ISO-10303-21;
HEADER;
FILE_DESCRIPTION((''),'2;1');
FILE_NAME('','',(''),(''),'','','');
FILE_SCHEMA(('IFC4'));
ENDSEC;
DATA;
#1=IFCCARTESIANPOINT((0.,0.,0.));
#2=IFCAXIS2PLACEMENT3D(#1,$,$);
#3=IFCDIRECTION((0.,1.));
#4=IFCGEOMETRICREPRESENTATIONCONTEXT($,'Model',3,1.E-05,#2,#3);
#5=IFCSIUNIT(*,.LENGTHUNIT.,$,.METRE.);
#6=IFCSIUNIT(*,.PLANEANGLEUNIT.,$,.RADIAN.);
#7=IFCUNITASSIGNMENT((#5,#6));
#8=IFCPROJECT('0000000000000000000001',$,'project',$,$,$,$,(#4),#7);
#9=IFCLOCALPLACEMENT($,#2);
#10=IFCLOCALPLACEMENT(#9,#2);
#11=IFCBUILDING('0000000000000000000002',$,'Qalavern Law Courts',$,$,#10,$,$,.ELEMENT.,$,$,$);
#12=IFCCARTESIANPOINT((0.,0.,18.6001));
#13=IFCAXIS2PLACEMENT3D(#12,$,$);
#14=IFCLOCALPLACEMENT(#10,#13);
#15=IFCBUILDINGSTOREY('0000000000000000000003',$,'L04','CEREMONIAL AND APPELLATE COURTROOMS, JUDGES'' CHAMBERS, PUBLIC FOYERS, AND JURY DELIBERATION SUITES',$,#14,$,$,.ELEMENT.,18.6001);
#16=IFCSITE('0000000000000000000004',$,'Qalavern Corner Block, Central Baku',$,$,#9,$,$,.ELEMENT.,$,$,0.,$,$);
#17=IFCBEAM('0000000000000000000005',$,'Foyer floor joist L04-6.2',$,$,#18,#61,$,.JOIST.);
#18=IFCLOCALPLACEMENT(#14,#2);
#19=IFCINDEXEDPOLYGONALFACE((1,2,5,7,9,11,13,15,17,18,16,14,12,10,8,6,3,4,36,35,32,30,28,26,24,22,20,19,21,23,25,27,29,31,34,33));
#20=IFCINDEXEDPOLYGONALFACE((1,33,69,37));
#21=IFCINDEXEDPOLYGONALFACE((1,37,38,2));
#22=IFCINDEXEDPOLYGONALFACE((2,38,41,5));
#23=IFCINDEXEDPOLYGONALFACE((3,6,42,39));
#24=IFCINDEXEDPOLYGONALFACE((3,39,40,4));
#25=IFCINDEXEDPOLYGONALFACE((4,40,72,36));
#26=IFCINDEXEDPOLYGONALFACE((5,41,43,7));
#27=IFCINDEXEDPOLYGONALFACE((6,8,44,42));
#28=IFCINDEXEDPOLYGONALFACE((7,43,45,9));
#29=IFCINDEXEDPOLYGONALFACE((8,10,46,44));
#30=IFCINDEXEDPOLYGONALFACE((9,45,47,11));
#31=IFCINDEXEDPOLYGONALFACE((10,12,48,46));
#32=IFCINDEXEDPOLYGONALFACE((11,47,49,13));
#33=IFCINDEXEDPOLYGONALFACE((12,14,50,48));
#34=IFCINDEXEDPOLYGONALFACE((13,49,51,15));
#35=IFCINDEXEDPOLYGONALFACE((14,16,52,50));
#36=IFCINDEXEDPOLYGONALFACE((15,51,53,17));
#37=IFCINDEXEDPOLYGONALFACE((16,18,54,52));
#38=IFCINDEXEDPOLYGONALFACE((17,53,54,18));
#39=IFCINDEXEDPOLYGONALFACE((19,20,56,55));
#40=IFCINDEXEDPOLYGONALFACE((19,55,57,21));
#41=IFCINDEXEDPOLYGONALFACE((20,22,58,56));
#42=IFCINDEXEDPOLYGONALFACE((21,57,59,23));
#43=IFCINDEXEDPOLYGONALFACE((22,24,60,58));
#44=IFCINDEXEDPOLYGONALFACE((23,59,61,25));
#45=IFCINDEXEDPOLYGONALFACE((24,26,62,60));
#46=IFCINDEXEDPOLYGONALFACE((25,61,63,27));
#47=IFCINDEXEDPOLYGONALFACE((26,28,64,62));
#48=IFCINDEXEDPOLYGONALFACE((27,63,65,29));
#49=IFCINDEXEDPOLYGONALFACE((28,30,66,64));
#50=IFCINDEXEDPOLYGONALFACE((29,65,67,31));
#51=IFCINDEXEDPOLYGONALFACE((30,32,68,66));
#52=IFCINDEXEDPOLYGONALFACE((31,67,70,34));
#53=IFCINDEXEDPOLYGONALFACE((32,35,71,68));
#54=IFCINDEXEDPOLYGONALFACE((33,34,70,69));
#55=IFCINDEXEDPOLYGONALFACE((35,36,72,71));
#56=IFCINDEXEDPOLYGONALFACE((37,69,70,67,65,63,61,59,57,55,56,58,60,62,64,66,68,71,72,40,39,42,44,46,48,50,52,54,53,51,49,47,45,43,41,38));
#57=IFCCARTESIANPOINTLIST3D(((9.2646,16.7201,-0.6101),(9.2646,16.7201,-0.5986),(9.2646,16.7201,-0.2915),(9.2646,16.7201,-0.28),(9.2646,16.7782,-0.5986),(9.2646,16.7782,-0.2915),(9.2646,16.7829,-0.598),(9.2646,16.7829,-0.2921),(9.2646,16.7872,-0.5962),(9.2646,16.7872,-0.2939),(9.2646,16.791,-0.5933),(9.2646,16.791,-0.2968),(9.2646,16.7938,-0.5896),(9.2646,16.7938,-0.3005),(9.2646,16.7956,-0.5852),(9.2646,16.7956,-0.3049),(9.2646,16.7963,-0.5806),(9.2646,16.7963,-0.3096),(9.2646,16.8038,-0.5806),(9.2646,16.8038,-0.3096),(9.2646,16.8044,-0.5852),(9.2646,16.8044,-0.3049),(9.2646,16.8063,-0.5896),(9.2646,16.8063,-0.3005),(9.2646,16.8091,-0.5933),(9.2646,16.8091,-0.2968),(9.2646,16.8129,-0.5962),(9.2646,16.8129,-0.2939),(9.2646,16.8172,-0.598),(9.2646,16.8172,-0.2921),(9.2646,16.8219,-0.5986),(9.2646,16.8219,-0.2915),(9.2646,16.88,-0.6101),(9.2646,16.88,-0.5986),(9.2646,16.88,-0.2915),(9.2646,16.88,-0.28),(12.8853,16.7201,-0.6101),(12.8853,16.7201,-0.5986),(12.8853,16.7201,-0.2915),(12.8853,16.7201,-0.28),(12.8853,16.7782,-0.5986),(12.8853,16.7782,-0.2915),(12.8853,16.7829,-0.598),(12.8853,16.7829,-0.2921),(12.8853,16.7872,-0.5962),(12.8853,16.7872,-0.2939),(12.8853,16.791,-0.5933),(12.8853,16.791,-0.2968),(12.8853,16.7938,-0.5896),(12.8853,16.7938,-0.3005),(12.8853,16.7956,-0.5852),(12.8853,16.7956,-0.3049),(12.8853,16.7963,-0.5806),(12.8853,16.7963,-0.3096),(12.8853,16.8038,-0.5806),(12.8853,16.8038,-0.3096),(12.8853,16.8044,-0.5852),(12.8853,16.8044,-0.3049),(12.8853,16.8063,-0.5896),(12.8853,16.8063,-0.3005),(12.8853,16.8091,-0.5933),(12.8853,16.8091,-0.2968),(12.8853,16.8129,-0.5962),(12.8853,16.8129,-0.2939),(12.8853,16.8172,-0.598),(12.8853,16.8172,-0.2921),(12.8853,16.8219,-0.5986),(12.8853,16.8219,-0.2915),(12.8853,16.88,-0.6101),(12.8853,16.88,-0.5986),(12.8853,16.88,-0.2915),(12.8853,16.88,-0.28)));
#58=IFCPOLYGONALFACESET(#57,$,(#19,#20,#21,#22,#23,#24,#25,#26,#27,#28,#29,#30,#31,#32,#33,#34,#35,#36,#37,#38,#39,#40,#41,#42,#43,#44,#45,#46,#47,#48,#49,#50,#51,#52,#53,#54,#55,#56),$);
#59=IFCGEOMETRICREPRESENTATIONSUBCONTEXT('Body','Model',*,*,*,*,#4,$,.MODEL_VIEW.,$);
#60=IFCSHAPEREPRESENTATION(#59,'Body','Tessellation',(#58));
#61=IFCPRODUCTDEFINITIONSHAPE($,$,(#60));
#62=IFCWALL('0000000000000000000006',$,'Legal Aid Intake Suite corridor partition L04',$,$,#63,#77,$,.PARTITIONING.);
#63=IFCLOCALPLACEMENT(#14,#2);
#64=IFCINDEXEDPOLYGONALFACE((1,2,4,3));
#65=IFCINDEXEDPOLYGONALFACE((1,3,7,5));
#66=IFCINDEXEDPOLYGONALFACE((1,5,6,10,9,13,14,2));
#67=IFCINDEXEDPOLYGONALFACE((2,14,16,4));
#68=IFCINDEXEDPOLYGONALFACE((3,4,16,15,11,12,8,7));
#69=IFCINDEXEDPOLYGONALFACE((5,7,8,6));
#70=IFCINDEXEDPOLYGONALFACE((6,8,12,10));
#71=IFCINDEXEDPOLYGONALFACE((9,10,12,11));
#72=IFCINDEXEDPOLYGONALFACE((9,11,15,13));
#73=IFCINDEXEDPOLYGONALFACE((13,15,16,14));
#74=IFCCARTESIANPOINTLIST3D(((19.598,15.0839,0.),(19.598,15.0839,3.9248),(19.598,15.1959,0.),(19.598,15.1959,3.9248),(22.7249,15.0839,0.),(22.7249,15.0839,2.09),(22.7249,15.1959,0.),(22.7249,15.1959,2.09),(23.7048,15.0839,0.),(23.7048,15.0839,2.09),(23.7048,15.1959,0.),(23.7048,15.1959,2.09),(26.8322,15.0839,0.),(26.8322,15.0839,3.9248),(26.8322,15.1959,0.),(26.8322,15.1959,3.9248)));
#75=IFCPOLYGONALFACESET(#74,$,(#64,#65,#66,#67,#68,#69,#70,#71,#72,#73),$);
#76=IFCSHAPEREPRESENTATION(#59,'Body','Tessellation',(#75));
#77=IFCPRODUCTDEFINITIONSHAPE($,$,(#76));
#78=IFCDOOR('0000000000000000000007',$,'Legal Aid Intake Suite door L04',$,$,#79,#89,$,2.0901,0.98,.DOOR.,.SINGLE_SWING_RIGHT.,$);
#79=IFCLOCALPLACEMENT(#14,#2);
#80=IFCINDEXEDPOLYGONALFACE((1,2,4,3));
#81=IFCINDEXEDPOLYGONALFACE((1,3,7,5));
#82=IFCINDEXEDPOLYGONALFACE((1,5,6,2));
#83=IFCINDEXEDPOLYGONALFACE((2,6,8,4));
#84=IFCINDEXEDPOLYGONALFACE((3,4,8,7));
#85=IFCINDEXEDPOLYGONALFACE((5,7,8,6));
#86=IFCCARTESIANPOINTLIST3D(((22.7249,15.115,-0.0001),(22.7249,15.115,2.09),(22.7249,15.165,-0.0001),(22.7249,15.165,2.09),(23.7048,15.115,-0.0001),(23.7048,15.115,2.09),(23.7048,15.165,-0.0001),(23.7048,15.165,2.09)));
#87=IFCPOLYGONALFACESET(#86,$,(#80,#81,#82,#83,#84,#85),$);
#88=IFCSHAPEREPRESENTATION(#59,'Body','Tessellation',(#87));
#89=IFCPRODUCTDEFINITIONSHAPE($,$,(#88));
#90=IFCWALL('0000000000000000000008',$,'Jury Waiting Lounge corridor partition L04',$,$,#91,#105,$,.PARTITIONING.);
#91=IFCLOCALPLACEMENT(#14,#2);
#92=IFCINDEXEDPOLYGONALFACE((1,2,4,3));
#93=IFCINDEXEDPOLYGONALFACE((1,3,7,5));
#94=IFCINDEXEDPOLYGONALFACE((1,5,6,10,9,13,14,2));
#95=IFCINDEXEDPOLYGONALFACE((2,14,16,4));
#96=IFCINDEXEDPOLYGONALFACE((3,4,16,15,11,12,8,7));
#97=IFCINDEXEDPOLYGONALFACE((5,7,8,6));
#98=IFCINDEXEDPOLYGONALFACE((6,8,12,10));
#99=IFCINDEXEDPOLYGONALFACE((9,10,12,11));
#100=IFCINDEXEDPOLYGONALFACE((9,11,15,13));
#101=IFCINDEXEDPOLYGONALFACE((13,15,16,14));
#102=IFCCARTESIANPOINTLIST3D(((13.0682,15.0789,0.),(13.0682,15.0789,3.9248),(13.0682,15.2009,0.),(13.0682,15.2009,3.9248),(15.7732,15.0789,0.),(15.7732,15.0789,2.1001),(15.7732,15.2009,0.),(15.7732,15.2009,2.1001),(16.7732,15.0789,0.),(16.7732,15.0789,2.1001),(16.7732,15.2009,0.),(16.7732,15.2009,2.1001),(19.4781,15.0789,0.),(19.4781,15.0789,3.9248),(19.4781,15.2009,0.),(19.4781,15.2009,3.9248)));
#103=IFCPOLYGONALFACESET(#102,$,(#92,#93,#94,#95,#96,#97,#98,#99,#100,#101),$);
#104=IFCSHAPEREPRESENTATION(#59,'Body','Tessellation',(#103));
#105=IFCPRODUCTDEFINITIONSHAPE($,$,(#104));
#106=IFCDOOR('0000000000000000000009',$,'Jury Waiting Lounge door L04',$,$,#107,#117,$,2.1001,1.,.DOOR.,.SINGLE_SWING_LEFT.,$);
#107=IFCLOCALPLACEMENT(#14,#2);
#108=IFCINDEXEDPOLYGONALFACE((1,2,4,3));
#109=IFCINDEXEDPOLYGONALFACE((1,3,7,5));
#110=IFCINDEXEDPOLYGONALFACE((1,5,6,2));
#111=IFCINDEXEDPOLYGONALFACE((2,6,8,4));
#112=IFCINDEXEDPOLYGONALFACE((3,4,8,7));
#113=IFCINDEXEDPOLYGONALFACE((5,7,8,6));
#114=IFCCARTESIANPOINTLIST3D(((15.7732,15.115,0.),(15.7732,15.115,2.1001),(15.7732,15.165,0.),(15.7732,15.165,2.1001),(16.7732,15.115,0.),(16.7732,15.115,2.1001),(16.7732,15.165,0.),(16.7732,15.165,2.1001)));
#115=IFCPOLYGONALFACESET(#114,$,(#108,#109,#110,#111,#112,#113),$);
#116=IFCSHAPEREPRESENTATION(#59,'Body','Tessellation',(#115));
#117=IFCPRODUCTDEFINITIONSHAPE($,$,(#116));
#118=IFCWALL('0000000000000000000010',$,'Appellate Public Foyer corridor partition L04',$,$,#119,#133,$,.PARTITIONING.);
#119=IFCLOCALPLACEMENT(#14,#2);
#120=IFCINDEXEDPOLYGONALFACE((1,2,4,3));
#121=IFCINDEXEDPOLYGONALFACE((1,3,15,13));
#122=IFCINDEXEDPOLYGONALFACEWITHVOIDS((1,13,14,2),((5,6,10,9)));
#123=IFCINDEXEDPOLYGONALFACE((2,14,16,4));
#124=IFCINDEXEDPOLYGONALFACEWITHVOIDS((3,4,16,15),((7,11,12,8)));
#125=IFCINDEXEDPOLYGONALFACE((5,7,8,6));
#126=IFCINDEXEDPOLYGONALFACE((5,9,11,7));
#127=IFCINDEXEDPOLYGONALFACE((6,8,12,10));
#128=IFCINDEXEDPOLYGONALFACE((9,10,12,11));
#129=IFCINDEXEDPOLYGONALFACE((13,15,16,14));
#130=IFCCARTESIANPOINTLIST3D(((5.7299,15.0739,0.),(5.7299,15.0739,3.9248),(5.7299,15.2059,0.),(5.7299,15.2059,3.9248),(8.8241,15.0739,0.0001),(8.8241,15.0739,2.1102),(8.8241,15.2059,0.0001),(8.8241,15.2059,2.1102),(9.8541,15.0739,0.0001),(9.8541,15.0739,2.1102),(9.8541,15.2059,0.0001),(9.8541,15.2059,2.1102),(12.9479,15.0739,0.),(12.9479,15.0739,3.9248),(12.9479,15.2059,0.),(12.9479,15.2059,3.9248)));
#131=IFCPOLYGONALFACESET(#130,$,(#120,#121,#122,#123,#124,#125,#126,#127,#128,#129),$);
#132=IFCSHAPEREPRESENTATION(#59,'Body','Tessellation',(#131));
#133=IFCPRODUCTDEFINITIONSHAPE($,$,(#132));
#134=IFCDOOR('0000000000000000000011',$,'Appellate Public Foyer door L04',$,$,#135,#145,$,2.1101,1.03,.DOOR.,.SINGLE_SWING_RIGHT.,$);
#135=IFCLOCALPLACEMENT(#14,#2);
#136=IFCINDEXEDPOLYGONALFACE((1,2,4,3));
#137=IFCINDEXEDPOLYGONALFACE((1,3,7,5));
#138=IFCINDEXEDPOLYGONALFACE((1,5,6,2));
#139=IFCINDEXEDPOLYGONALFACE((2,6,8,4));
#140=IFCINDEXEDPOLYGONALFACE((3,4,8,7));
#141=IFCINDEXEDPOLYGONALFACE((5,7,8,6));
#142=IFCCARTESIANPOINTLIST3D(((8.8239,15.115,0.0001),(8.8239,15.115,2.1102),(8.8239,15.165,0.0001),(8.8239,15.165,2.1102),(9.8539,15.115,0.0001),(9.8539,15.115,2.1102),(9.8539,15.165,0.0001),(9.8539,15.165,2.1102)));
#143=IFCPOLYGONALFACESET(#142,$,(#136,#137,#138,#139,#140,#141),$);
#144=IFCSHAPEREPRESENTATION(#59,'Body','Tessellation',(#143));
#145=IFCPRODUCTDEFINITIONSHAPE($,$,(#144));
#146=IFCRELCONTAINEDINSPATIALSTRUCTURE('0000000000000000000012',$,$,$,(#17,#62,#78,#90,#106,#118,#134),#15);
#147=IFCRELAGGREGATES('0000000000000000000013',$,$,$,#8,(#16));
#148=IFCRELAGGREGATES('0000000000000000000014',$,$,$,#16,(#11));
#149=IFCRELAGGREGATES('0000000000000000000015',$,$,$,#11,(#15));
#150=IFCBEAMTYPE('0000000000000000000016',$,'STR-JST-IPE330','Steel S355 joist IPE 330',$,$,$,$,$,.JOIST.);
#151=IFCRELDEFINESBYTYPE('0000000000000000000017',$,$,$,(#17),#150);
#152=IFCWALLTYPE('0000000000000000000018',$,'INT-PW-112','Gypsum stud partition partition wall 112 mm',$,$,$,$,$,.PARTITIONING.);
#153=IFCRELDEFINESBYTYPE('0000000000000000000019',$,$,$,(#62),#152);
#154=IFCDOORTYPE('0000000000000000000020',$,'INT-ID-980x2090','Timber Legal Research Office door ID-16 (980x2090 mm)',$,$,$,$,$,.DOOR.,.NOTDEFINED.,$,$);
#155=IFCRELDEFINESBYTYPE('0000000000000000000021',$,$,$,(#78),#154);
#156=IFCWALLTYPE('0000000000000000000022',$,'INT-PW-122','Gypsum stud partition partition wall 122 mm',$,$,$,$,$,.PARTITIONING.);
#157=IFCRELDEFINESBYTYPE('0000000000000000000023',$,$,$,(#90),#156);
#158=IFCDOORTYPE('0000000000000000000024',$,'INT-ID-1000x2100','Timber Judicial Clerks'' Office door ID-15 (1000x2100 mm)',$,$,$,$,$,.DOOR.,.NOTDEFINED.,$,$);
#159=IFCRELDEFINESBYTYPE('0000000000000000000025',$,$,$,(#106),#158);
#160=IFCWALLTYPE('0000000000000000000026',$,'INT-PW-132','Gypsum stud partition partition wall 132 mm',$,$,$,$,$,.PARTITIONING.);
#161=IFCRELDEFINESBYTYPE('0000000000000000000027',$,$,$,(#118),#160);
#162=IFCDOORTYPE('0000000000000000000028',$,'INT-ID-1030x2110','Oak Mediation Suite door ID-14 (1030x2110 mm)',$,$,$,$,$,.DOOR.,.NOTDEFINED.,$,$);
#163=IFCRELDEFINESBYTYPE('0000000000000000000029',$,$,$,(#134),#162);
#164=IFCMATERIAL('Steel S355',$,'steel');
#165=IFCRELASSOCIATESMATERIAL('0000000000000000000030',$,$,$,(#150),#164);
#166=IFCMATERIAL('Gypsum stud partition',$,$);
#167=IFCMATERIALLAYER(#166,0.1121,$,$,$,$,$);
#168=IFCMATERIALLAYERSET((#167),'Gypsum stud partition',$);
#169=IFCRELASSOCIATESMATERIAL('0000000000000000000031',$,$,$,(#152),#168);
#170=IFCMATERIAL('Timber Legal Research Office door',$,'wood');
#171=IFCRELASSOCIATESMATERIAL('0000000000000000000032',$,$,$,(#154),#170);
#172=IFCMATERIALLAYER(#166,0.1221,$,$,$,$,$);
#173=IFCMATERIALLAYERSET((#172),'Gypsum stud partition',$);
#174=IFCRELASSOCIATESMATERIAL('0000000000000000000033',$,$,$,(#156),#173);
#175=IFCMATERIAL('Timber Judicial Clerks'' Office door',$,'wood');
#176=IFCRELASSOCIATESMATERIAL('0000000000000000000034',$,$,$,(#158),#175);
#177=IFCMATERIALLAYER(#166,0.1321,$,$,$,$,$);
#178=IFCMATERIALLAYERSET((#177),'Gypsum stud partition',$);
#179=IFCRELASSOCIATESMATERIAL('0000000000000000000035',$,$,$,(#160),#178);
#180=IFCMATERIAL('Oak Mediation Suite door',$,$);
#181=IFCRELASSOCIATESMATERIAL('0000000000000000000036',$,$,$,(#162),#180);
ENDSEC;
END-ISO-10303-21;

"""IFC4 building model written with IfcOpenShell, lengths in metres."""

from ifc_helpers import new_model, si_unit, direction, frame, frame_2d, origin, origin_2d, place, context, subcontext, project, spatial, rectangle, i_section, extrude, material, layer, layer_set, material_profile, profile_set, type_object, element, fill, save


model = new_model("IFC4")

# Units and contexts
model_context = context("Model", 3, precision=1e-05, world=origin(), true_north=direction((0.0, 1.0)))
body_context = subcontext(model_context, "Body", "Model", "MODEL_VIEW")
ifc_project = project(units=[si_unit("LENGTHUNIT", "METRE"), si_unit("PLANEANGLEUNIT", "RADIAN")], contexts=[model_context])

# Site, building, storey
site_placement = place(None, origin())
site = spatial("IfcSite", under=ifc_project, at=site_placement, Name="Qalavern Corner Block, Central Baku", CompositionType="ELEMENT", RefElevation=0.0)
building_placement = place(site_placement, origin())
building = spatial("IfcBuilding", under=site, at=building_placement, Name="Qalavern Law Courts", CompositionType="ELEMENT")
storey_placement = place(building_placement, frame((0.0, 0.0, 18.6001)))
storey = spatial("IfcBuildingStorey", under=building, at=storey_placement, Name="L04", Description="CEREMONIAL AND APPELLATE COURTROOMS, JUDGES' CHAMBERS, PUBLIC FOYERS, AND JURY DELIBERATION SUITES", CompositionType="ELEMENT", Elevation=18.6001)

# Beam
ifc_material_1 = material(Name="Steel S355", Category="steel")
ifc_material_profile_1 = material_profile(ifc_material_1, i_section(OverallWidth=0.1599, OverallDepth=0.3301, WebThickness=0.0076, FlangeThickness=0.0115, FilletRadius=0.0181, at=origin_2d()), Name="IPE 330")
ifc_profile_set_1 = profile_set([ifc_material_profile_1], Name="Steel S355")
beam_type_1 = type_object("IfcBeamType", Name="STR-JST-IPE330", Description="Steel S355 joist IPE 330", PredefinedType="JOIST", material=ifc_profile_set_1)
for number, where, z_axis, x_axis, name in (
    (1, (9.2646, 16.8, -0.4451), (1.0, 0.0, 0.0), (0.0, 1.0, 0.0), "Foyer floor joist L04-6.2"),
):
    element("IfcBeam", number, at=place(storey_placement, frame(where, z_axis=z_axis, x_axis=x_axis)), inside=storey, type_object=beam_type_1, Name=name, PredefinedType="JOIST", context=body_context, shape_type="SweptSolid", body=[
        extrude(i_section(OverallWidth=0.1599, OverallDepth=0.3301, WebThickness=0.0076, FlangeThickness=0.0115, FilletRadius=0.0181, at=origin_2d()), origin(), (0.0, 0.0, 1.0), 3.6206),
    ])

# Walls, openings, doors
ifc_material_2 = material(Name="Gypsum stud partition")
ifc_layer_1 = layer(ifc_material_2, 0.1121)
ifc_layer_set_1 = layer_set([ifc_layer_1], Name="Gypsum stud partition")
wall_type_1 = type_object("IfcWallType", Name="INT-PW-112", Description="Gypsum stud partition partition wall 112 mm", PredefinedType="PARTITIONING", material=ifc_layer_set_1)
wall_1_placement = place(storey_placement, frame((19.5979, 15.1399, 0.0), z_axis=(0.0, 0.0, 1.0), x_axis=(1.0, 0.0, 0.0)))
wall_1 = element("IfcWall", 2, at=wall_1_placement, inside=storey, type_object=wall_type_1, Name="Legal Aid Intake Suite corridor partition L04", PredefinedType="PARTITIONING", context=body_context, shape_type="SweptSolid", body=[
    extrude(rectangle(XDim=7.2341, YDim=0.1121, at=frame_2d((3.6172, 0.0))), origin(), (0.0, 0.0, 1.0), 3.9248),
])
opening_1_placement = place(wall_1_placement, frame((3.127, 0.0, 0.0)))
opening_1 = element("IfcOpeningElement", 3, at=opening_1_placement, cuts=wall_1, PredefinedType="OPENING", context=body_context, shape_type="SweptSolid", body=[
    extrude(rectangle(XDim=0.98, YDim=2.0901, at=frame_2d((0.49, 1.0449))), frame((0.0, 0.0708, 0.0), z_axis=(0.0, -1.0, 0.0), x_axis=(1.0, 0.0, 0.0)), (0.0, 0.0, 1.0), 0.1418),
])
ifc_material_3 = material(Name="Timber Legal Research Office door", Category="wood")
door_type_1 = type_object("IfcDoorType", Name="INT-ID-980x2090", Description="Timber Legal Research Office door ID-16 (980x2090 mm)", OperationType="NOTDEFINED", PredefinedType="DOOR", material=ifc_material_3)
door_1_placement = place(opening_1_placement, frame((0.98, 0.0, 0.0), z_axis=(0.0, 0.0, 1.0), x_axis=(-1.0, 0.0, 0.0)))
door_1 = element("IfcDoor", 4, at=door_1_placement, inside=storey, type_object=door_type_1, Name="Legal Aid Intake Suite door L04", OperationType="SINGLE_SWING_RIGHT", OverallHeight=2.0901, OverallWidth=0.98, PredefinedType="DOOR", context=body_context, shape_type="SweptSolid", body=[
    extrude(rectangle(XDim=0.98, YDim=2.0901, at=frame_2d((0.49, 1.0449))), frame((0.0, 0.0249, 0.0), z_axis=(0.0, -1.0, 0.0), x_axis=(1.0, 0.0, 0.0)), (0.0, 0.0, 1.0), 0.05),
])
fill(opening_1, door_1)
ifc_layer_2 = layer(ifc_material_2, 0.1221)
ifc_layer_set_2 = layer_set([ifc_layer_2], Name="Gypsum stud partition")
wall_type_2 = type_object("IfcWallType", Name="INT-PW-122", Description="Gypsum stud partition partition wall 122 mm", PredefinedType="PARTITIONING", material=ifc_layer_set_2)
wall_2_placement = place(storey_placement, frame((13.0681, 15.1399, 0.0), z_axis=(0.0, 0.0, 1.0), x_axis=(1.0, 0.0, 0.0)))
wall_2 = element("IfcWall", 5, at=wall_2_placement, inside=storey, type_object=wall_type_2, Name="Jury Waiting Lounge corridor partition L04", PredefinedType="PARTITIONING", context=body_context, shape_type="SweptSolid", body=[
    extrude(rectangle(XDim=6.4099, YDim=0.1221, at=frame_2d((3.2051, 0.0))), origin(), (0.0, 0.0, 1.0), 3.9248),
])
opening_2_placement = place(wall_2_placement, frame((2.7051, 0.0, 0.0)))
opening_2 = element("IfcOpeningElement", 6, at=opening_2_placement, cuts=wall_2, PredefinedType="OPENING", context=body_context, shape_type="SweptSolid", body=[
    extrude(rectangle(XDim=1.0, YDim=2.1001, at=frame_2d((0.5, 1.05))), frame((0.0, 0.0759, 0.0), z_axis=(0.0, -1.0, 0.0), x_axis=(1.0, 0.0, 0.0)), (0.0, 0.0, 1.0), 0.1519),
])
ifc_material_4 = material(Name="Timber Judicial Clerks' Office door", Category="wood")
door_type_2 = type_object("IfcDoorType", Name="INT-ID-1000x2100", Description="Timber Judicial Clerks' Office door ID-15 (1000x2100 mm)", OperationType="NOTDEFINED", PredefinedType="DOOR", material=ifc_material_4)
door_2_placement = place(opening_2_placement, frame((1.0, 0.0, 0.0), z_axis=(0.0, 0.0, 1.0), x_axis=(-1.0, 0.0, 0.0)))
door_2 = element("IfcDoor", 7, at=door_2_placement, inside=storey, type_object=door_type_2, Name="Jury Waiting Lounge door L04", OperationType="SINGLE_SWING_LEFT", OverallHeight=2.1001, OverallWidth=1.0, PredefinedType="DOOR", context=body_context, shape_type="SweptSolid", body=[
    extrude(rectangle(XDim=1.0, YDim=2.1001, at=frame_2d((0.5, 1.05))), frame((0.0, 0.0249, 0.0), z_axis=(0.0, -1.0, 0.0), x_axis=(1.0, 0.0, 0.0)), (0.0, 0.0, 1.0), 0.05),
])
fill(opening_2, door_2)
ifc_layer_3 = layer(ifc_material_2, 0.1321)
ifc_layer_set_3 = layer_set([ifc_layer_3], Name="Gypsum stud partition")
wall_type_3 = type_object("IfcWallType", Name="INT-PW-132", Description="Gypsum stud partition partition wall 132 mm", PredefinedType="PARTITIONING", material=ifc_layer_set_3)
wall_3_placement = place(storey_placement, frame((5.73, 15.1399, 0.0), z_axis=(0.0, 0.0, 1.0), x_axis=(1.0, 0.0, 0.0)))
wall_3 = element("IfcWall", 8, at=wall_3_placement, inside=storey, type_object=wall_type_3, Name="Appellate Public Foyer corridor partition L04", PredefinedType="PARTITIONING", context=body_context, shape_type="SweptSolid", body=[
    extrude(rectangle(XDim=7.218, YDim=0.1321, at=frame_2d((3.6089, 0.0))), origin(), (0.0, 0.0, 1.0), 3.9248),
])
opening_3_placement = place(wall_3_placement, frame((3.094, 0.0, 0.0)))
opening_3 = element("IfcOpeningElement", 9, at=opening_3_placement, cuts=wall_3, PredefinedType="OPENING", context=body_context, shape_type="SweptSolid", body=[
    extrude(rectangle(XDim=1.03, YDim=2.1101, at=frame_2d((0.5151, 1.0552))), frame((0.0, 0.0811, 0.0), z_axis=(0.0, -1.0, 0.0), x_axis=(1.0, 0.0, 0.0)), (0.0, 0.0, 1.0), 0.1619),
])
ifc_material_5 = material(Name="Oak Mediation Suite door")
door_type_3 = type_object("IfcDoorType", Name="INT-ID-1030x2110", Description="Oak Mediation Suite door ID-14 (1030x2110 mm)", OperationType="NOTDEFINED", PredefinedType="DOOR", material=ifc_material_5)
door_3_placement = place(opening_3_placement, frame((1.03, 0.0, 0.0), z_axis=(0.0, 0.0, 1.0), x_axis=(-1.0, 0.0, 0.0)))
door_3 = element("IfcDoor", 10, at=door_3_placement, inside=storey, type_object=door_type_3, Name="Appellate Public Foyer door L04", OperationType="SINGLE_SWING_RIGHT", OverallHeight=2.1101, OverallWidth=1.03, PredefinedType="DOOR", context=body_context, shape_type="SweptSolid", body=[
    extrude(rectangle(XDim=1.03, YDim=2.1101, at=frame_2d((0.5151, 1.0552))), frame((0.0, 0.0249, 0.0), z_axis=(0.0, -1.0, 0.0), x_axis=(1.0, 0.0, 0.0)), (0.0, 0.0, 1.0), 0.05),
])
fill(opening_3, door_3)

save(model, "model.ifc")
